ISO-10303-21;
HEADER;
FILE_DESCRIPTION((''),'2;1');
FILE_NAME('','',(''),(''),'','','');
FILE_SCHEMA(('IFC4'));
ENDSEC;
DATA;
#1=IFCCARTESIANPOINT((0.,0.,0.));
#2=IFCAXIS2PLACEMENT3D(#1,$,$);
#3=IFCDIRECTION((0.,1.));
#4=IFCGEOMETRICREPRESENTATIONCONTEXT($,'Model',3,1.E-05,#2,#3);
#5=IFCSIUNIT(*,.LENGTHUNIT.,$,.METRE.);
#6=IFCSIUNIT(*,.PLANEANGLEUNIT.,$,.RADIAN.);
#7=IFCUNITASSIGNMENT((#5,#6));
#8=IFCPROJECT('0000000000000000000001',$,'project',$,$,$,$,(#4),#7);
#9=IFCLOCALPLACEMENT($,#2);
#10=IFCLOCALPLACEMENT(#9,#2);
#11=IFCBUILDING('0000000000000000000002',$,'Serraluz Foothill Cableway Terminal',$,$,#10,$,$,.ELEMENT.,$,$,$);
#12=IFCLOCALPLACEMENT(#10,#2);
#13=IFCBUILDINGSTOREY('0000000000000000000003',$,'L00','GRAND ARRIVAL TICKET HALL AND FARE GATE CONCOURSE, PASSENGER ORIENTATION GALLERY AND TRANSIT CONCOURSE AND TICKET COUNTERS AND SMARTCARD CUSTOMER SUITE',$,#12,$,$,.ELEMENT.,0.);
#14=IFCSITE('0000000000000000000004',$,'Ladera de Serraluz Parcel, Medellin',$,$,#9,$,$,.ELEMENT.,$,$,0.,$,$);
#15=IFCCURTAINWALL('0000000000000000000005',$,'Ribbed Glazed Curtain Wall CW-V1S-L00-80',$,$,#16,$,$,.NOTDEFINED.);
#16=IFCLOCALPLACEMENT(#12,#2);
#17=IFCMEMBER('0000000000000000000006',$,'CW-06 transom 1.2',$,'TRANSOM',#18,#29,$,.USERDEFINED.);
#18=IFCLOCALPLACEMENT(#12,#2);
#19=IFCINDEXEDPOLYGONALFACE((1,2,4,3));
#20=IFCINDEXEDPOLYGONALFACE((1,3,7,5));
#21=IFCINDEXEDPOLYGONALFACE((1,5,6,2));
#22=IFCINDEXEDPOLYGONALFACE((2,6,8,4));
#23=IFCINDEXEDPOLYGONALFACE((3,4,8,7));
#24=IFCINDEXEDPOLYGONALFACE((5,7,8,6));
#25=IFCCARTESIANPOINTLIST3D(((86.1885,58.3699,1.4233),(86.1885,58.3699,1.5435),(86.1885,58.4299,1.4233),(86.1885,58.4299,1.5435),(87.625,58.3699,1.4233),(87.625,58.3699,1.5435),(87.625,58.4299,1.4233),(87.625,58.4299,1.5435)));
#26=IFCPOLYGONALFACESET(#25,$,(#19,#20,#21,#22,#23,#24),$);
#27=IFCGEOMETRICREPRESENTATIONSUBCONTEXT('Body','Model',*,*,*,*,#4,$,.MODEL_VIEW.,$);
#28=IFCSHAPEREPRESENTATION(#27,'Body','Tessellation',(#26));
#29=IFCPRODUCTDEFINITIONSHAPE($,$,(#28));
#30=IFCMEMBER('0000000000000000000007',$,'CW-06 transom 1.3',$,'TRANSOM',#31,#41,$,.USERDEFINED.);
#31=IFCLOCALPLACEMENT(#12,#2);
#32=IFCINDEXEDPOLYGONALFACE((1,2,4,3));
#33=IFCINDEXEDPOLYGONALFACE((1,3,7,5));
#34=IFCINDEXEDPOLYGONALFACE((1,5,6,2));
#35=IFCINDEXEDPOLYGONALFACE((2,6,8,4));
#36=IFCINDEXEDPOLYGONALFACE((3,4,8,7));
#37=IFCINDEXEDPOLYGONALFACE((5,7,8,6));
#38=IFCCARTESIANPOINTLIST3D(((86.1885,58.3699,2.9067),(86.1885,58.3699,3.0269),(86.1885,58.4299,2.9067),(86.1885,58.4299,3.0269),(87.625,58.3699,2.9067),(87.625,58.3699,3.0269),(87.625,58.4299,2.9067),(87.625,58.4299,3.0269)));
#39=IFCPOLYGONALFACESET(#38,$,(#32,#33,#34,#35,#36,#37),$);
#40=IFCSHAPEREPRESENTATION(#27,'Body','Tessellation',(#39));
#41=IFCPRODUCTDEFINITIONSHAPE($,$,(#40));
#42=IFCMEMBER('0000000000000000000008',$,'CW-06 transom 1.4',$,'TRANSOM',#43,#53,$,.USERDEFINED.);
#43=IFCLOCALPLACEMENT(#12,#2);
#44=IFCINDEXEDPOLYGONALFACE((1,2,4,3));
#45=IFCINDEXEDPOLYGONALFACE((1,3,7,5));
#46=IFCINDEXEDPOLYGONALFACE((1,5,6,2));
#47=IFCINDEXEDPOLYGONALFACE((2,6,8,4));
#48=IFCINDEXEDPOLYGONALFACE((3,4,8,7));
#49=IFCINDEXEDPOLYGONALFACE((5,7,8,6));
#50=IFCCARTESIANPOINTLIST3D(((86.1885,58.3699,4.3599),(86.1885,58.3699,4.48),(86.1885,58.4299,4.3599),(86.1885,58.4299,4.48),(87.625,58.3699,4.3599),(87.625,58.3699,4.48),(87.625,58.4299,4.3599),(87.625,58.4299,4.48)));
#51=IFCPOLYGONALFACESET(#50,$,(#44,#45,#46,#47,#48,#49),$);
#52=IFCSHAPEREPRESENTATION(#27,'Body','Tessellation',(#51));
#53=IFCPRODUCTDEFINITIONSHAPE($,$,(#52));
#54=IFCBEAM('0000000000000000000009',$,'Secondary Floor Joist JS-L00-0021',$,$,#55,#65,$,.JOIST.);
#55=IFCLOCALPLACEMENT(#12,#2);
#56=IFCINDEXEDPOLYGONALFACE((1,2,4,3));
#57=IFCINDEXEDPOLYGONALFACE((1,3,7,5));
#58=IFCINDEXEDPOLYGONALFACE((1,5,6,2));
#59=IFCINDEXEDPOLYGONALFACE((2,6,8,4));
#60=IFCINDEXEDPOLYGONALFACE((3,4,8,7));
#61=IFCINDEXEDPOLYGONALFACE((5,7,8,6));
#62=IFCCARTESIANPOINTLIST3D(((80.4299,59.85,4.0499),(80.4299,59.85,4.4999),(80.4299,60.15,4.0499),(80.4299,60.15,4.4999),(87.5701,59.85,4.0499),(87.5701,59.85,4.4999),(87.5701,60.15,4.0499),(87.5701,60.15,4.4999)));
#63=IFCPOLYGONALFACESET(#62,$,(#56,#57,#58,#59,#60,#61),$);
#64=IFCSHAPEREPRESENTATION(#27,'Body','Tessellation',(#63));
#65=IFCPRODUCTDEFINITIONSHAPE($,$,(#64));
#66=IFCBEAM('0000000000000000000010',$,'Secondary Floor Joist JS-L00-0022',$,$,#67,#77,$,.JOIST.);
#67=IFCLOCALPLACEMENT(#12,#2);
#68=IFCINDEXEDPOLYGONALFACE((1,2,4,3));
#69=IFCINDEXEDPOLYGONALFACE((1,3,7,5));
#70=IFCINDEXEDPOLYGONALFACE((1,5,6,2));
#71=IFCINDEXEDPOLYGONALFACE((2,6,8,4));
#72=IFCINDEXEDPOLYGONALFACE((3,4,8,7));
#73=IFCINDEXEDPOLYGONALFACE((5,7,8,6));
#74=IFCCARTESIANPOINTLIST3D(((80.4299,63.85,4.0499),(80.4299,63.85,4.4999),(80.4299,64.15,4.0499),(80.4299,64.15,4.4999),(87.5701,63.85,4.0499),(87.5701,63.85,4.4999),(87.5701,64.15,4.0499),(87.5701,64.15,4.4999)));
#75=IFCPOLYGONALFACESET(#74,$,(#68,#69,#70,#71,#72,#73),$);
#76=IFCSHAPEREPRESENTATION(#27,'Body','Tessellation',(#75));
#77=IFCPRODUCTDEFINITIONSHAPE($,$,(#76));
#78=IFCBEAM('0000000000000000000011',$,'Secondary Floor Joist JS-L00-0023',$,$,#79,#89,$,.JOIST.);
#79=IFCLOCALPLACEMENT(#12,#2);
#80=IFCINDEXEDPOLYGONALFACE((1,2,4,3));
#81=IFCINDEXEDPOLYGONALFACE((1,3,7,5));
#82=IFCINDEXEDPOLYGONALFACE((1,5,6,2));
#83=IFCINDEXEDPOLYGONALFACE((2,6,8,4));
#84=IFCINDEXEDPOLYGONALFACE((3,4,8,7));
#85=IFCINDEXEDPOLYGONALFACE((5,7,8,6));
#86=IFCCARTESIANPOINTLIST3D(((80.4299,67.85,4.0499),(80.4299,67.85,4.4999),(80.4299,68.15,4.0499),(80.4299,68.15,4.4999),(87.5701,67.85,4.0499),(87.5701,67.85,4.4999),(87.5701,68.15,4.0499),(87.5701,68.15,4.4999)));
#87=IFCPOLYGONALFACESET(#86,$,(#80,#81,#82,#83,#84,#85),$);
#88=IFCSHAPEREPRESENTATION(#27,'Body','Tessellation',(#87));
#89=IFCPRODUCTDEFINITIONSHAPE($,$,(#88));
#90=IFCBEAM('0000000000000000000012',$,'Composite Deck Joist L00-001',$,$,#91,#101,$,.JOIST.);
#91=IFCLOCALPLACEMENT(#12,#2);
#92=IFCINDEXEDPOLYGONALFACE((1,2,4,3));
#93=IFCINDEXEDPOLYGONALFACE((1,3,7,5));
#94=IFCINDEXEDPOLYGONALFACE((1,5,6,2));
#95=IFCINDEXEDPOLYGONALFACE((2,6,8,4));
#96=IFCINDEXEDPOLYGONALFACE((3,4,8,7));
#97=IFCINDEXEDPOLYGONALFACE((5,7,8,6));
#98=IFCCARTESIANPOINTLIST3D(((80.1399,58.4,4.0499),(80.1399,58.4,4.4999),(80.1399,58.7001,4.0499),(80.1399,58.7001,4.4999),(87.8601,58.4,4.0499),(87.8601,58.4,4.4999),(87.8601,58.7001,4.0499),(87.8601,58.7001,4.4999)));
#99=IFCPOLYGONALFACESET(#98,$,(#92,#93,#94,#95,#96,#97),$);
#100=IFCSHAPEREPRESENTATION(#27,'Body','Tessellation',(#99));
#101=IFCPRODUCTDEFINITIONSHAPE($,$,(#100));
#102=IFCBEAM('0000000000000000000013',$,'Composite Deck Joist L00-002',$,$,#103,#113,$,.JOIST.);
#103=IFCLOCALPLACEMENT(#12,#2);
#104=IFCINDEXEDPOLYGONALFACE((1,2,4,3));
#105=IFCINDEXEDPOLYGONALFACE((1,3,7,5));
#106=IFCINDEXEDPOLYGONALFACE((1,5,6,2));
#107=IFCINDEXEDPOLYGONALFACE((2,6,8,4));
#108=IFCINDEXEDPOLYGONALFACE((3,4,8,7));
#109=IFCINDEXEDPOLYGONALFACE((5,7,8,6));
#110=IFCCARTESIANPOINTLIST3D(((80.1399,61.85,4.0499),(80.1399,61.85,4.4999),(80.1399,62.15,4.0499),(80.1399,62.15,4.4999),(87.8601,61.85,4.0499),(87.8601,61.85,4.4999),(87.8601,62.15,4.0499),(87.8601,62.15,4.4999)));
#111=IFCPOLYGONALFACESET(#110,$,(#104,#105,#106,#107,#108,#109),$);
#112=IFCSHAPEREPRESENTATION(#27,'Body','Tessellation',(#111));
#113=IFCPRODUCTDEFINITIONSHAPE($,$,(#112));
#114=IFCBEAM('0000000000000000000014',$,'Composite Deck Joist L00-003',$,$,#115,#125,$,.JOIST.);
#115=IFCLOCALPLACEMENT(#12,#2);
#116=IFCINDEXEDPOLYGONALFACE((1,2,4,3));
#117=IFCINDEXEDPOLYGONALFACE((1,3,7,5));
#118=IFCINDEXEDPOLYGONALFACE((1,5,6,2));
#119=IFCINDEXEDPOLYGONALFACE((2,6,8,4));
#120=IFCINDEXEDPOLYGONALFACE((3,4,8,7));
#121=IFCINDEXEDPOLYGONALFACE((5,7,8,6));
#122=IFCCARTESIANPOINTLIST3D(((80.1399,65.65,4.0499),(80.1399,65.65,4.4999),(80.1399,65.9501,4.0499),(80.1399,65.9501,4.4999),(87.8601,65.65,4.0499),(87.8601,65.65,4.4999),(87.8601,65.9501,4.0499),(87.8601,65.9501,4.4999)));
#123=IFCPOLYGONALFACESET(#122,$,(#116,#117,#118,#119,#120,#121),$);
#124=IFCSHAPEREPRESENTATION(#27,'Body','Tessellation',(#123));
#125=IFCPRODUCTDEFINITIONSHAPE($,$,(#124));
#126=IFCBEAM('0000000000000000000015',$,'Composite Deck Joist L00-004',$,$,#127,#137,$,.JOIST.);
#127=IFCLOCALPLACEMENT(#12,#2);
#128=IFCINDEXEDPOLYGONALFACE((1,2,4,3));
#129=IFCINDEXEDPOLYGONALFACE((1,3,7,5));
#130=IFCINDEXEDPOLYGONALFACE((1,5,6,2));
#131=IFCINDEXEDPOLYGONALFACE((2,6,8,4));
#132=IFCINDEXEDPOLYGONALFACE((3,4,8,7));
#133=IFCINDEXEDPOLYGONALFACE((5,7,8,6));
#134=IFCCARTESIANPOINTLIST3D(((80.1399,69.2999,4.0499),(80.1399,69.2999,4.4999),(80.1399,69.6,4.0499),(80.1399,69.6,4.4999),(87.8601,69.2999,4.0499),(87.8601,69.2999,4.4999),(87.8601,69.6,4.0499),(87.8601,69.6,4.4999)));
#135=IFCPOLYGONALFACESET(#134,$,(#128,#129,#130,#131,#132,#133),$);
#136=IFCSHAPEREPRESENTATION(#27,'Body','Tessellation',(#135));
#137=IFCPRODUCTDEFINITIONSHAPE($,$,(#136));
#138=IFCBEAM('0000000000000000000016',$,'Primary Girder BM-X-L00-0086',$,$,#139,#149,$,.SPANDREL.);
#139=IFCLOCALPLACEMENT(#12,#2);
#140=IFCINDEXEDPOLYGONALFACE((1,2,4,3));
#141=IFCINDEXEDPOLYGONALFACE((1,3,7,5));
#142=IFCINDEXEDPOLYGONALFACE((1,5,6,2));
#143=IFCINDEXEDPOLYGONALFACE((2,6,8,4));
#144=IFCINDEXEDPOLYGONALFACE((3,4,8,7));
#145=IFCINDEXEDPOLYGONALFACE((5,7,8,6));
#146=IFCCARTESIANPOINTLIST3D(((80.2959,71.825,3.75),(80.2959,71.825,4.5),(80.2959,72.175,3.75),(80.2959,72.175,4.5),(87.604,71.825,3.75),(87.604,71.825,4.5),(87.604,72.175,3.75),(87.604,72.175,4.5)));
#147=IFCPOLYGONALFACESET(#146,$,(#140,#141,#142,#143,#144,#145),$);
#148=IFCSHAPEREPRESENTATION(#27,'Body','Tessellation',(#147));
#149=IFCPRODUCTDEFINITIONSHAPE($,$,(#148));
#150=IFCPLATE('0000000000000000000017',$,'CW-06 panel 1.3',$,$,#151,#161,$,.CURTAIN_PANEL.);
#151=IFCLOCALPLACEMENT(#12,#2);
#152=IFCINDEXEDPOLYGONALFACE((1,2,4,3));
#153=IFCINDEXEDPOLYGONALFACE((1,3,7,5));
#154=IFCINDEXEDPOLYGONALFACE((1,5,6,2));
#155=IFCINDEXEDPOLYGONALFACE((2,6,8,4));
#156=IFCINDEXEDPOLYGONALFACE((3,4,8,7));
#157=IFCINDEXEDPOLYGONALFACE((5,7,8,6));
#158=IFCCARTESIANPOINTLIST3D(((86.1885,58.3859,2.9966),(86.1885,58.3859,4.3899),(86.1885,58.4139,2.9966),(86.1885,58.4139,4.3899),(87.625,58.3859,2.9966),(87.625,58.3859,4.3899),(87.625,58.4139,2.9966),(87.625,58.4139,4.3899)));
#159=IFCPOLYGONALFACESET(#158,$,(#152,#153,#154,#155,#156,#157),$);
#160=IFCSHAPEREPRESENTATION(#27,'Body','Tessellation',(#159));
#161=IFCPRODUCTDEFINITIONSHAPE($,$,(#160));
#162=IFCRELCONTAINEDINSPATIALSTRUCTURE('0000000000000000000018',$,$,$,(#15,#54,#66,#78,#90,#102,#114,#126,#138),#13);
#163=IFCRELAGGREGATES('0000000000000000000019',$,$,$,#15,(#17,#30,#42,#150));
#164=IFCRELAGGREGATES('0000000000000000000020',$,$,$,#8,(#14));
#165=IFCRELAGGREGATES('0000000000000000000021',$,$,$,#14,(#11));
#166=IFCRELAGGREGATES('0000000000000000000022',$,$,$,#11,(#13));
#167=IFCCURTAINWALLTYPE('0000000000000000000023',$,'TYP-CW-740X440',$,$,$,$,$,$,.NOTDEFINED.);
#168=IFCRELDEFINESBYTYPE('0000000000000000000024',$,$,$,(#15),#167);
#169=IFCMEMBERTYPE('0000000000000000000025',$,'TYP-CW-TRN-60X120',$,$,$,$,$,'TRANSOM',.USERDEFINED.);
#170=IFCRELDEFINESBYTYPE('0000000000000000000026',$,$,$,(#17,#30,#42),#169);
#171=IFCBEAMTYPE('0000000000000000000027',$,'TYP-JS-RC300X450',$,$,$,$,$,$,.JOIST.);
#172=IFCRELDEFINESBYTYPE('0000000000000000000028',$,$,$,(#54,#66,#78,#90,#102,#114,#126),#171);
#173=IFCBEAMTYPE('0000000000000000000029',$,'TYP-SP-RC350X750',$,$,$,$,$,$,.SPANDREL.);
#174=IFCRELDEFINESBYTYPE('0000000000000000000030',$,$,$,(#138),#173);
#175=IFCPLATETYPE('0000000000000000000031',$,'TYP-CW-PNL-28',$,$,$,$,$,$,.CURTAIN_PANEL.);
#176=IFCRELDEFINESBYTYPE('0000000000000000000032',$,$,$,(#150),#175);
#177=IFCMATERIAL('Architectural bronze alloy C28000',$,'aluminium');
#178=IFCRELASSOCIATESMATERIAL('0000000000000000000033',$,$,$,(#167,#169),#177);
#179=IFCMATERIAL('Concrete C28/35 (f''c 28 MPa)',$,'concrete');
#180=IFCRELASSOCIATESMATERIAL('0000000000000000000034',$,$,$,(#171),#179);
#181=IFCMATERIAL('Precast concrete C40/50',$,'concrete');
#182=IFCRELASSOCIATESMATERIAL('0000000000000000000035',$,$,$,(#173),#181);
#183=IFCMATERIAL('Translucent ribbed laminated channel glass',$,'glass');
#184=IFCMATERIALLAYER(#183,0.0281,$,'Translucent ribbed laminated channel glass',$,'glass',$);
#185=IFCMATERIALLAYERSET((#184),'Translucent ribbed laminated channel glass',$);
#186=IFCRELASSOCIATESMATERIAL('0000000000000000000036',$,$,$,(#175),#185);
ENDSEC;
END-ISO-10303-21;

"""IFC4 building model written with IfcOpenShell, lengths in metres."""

from ifc_helpers import new_model, si_unit, direction, frame, origin, origin_2d, place, context, subcontext, project, spatial, rectangle, extrude, material, layer, layer_set, material_profile, profile_set, type_object, element, aggregate, save


model = new_model("IFC4")

# Units and contexts
model_context = context("Model", 3, precision=1e-05, world=origin(), true_north=direction((0.0, 1.0)))
body_context = subcontext(model_context, "Body", "Model", "MODEL_VIEW")
ifc_project = project(units=[si_unit("LENGTHUNIT", "METRE"), si_unit("PLANEANGLEUNIT", "RADIAN")], contexts=[model_context])

# Site, building, storey
site_placement = place(None, origin())
site = spatial("IfcSite", under=ifc_project, at=site_placement, Name="Ladera de Serraluz Parcel, Medellin", CompositionType="ELEMENT", RefElevation=0.0)
building_placement = place(site_placement, origin())
building = spatial("IfcBuilding", under=site, at=building_placement, Name="Serraluz Foothill Cableway Terminal", CompositionType="ELEMENT")
storey_placement = place(building_placement, origin())
storey = spatial("IfcBuildingStorey", under=building, at=storey_placement, Name="L00", Description="GRAND ARRIVAL TICKET HALL AND FARE GATE CONCOURSE, PASSENGER ORIENTATION GALLERY AND TRANSIT CONCOURSE AND TICKET COUNTERS AND SMARTCARD CUSTOMER SUITE", CompositionType="ELEMENT", Elevation=0.0)

# Shared definitions
ifc_material_1 = material(Name="Concrete C28/35 (f'c 28 MPa)", Category="concrete")

# Curtain wall, members
ifc_material_2 = material(Name="Architectural bronze alloy C28000", Category="aluminium")
curtain_wall_type = type_object("IfcCurtainWallType", Name="TYP-CW-740X440", PredefinedType="NOTDEFINED", material=ifc_material_2)
curtain_wall_placement = place(storey_placement, origin())
curtain_wall = element("IfcCurtainWall", 1, at=curtain_wall_placement, inside=storey, type_object=curtain_wall_type, Name="Ribbed Glazed Curtain Wall CW-V1S-L00-80", PredefinedType="NOTDEFINED")
ifc_material_profile_1 = material_profile(ifc_material_2, rectangle(XDim=0.0601, YDim=0.1201, at=origin_2d()), Name="ALU TRANSOM 60x120")
ifc_profile_set_1 = profile_set([ifc_material_profile_1], Name="Architectural bronze alloy C28000")
member_type_1 = type_object("IfcMemberType", Name="TYP-CW-TRN-60X120", ElementType="TRANSOM", PredefinedType="USERDEFINED", material=ifc_profile_set_1)
member_1_placement = place(storey_placement, frame((87.625, 58.3999, 1.4834), z_axis=(-1.0, 0.0, 0.0), x_axis=(0.0, -1.0, 0.0)))
member_1 = element("IfcMember", 2, at=member_1_placement, type_object=member_type_1, Name="CW-06 transom 1.2", ObjectType="TRANSOM", PredefinedType="USERDEFINED", context=body_context, shape_type="SweptSolid", body=[
    extrude(rectangle(XDim=0.0601, YDim=0.1201, at=origin_2d()), origin(), (0.0, 0.0, 1.0), 1.4365),
])
member_2_placement = place(storey_placement, frame((87.625, 58.3999, 2.9668), z_axis=(-1.0, 0.0, 0.0), x_axis=(0.0, -1.0, 0.0)))
member_2 = element("IfcMember", 3, at=member_2_placement, type_object=member_type_1, Name="CW-06 transom 1.3", ObjectType="TRANSOM", PredefinedType="USERDEFINED", context=body_context, shape_type="SweptSolid", body=[
    extrude(rectangle(XDim=0.0601, YDim=0.1201, at=origin_2d()), origin(), (0.0, 0.0, 1.0), 1.4365),
])
member_3_placement = place(storey_placement, frame((87.625, 58.3999, 4.4199), z_axis=(-1.0, 0.0, 0.0), x_axis=(0.0, -1.0, 0.0)))
member_3 = element("IfcMember", 4, at=member_3_placement, type_object=member_type_1, Name="CW-06 transom 1.4", ObjectType="TRANSOM", PredefinedType="USERDEFINED", context=body_context, shape_type="SweptSolid", body=[
    extrude(rectangle(XDim=0.0601, YDim=0.1201, at=origin_2d()), origin(), (0.0, 0.0, 1.0), 1.4365),
])

# Beams
ifc_material_profile_2 = material_profile(ifc_material_1, rectangle(XDim=0.3, YDim=0.45, at=origin_2d()), Name="RC 300x450")
ifc_profile_set_2 = profile_set([ifc_material_profile_2], Name="Concrete C28/35 (f'c 28 MPa)")
beam_type_1 = type_object("IfcBeamType", Name="TYP-JS-RC300X450", PredefinedType="JOIST", material=ifc_profile_set_2)
for number, where, z_axis, x_axis, name in (
    (5, (80.4299, 60.0, 4.2749), (1.0, 0.0, 0.0), (0.0, 1.0, 0.0), "Secondary Floor Joist JS-L00-0021"),
    (6, (80.4299, 64.0, 4.2749), (1.0, 0.0, 0.0), (0.0, 1.0, 0.0), "Secondary Floor Joist JS-L00-0022"),
    (7, (80.4299, 68.0, 4.2749), (1.0, 0.0, 0.0), (0.0, 1.0, 0.0), "Secondary Floor Joist JS-L00-0023"),
):
    element("IfcBeam", number, at=place(storey_placement, frame(where, z_axis=z_axis, x_axis=x_axis)), inside=storey, type_object=beam_type_1, Name=name, PredefinedType="JOIST", context=body_context, shape_type="SweptSolid", body=[
        extrude(rectangle(XDim=0.3, YDim=0.45, at=origin_2d()), origin(), (0.0, 0.0, 1.0), 7.1401),
    ])
for number, where, z_axis, x_axis, name in (
    (8, (80.1399, 58.55, 4.2749), (1.0, 0.0, 0.0), (0.0, 1.0, 0.0), "Composite Deck Joist L00-001"),
    (9, (80.1399, 62.0, 4.2749), (1.0, 0.0, 0.0), (0.0, 1.0, 0.0), "Composite Deck Joist L00-002"),
    (10, (80.1399, 65.8, 4.2749), (1.0, 0.0, 0.0), (0.0, 1.0, 0.0), "Composite Deck Joist L00-003"),
    (11, (80.1399, 69.45, 4.2749), (1.0, 0.0, 0.0), (0.0, 1.0, 0.0), "Composite Deck Joist L00-004"),
):
    element("IfcBeam", number, at=place(storey_placement, frame(where, z_axis=z_axis, x_axis=x_axis)), inside=storey, type_object=beam_type_1, Name=name, PredefinedType="JOIST", context=body_context, shape_type="SweptSolid", body=[
        extrude(rectangle(XDim=0.3, YDim=0.45, at=origin_2d()), origin(), (0.0, 0.0, 1.0), 7.7202),
    ])
ifc_material_3 = material(Name="Precast concrete C40/50", Category="concrete")
ifc_material_profile_3 = material_profile(ifc_material_3, rectangle(XDim=0.3501, YDim=0.75, at=origin_2d()), Name="RC SP 350x750")
ifc_profile_set_3 = profile_set([ifc_material_profile_3], Name="Precast concrete C40/50")
beam_type_2 = type_object("IfcBeamType", Name="TYP-SP-RC350X750", PredefinedType="SPANDREL", material=ifc_profile_set_3)
beam_placement = place(storey_placement, frame((80.2959, 72.0, 4.125), z_axis=(1.0, 0.0, 0.0), x_axis=(0.0, 1.0, 0.0)))
element("IfcBeam", 12, at=beam_placement, inside=storey, type_object=beam_type_2, Name="Primary Girder BM-X-L00-0086", PredefinedType="SPANDREL", context=body_context, shape_type="SweptSolid", body=[
    extrude(rectangle(XDim=0.3501, YDim=0.75, at=origin_2d()), origin(), (0.0, 0.0, 1.0), 7.3081),
])

# Plate
ifc_material_4 = material(Name="Translucent ribbed laminated channel glass", Category="glass")
ifc_layer_1 = layer(ifc_material_4, 0.0281, Name="Translucent ribbed laminated channel glass", Category="glass")
ifc_layer_set_1 = layer_set([ifc_layer_1], Name="Translucent ribbed laminated channel glass")
plate_type = type_object("IfcPlateType", Name="TYP-CW-PNL-28", PredefinedType="CURTAIN_PANEL", material=ifc_layer_set_1)
plate_placement = place(storey_placement, frame((86.9067, 58.3999, 2.9966), z_axis=(0.0, 0.0, 1.0), x_axis=(-1.0, 0.0, 0.0)))
plate = element("IfcPlate", 13, at=plate_placement, type_object=plate_type, Name="CW-06 panel 1.3", PredefinedType="CURTAIN_PANEL", context=body_context, shape_type="SweptSolid", body=[
    extrude(rectangle(XDim=1.4365, YDim=0.0281, at=origin_2d()), origin(), (0.0, 0.0, 1.0), 1.3933),
])
aggregate(curtain_wall, [member_1, member_2, member_3, plate])

save(model, "model.ifc")
